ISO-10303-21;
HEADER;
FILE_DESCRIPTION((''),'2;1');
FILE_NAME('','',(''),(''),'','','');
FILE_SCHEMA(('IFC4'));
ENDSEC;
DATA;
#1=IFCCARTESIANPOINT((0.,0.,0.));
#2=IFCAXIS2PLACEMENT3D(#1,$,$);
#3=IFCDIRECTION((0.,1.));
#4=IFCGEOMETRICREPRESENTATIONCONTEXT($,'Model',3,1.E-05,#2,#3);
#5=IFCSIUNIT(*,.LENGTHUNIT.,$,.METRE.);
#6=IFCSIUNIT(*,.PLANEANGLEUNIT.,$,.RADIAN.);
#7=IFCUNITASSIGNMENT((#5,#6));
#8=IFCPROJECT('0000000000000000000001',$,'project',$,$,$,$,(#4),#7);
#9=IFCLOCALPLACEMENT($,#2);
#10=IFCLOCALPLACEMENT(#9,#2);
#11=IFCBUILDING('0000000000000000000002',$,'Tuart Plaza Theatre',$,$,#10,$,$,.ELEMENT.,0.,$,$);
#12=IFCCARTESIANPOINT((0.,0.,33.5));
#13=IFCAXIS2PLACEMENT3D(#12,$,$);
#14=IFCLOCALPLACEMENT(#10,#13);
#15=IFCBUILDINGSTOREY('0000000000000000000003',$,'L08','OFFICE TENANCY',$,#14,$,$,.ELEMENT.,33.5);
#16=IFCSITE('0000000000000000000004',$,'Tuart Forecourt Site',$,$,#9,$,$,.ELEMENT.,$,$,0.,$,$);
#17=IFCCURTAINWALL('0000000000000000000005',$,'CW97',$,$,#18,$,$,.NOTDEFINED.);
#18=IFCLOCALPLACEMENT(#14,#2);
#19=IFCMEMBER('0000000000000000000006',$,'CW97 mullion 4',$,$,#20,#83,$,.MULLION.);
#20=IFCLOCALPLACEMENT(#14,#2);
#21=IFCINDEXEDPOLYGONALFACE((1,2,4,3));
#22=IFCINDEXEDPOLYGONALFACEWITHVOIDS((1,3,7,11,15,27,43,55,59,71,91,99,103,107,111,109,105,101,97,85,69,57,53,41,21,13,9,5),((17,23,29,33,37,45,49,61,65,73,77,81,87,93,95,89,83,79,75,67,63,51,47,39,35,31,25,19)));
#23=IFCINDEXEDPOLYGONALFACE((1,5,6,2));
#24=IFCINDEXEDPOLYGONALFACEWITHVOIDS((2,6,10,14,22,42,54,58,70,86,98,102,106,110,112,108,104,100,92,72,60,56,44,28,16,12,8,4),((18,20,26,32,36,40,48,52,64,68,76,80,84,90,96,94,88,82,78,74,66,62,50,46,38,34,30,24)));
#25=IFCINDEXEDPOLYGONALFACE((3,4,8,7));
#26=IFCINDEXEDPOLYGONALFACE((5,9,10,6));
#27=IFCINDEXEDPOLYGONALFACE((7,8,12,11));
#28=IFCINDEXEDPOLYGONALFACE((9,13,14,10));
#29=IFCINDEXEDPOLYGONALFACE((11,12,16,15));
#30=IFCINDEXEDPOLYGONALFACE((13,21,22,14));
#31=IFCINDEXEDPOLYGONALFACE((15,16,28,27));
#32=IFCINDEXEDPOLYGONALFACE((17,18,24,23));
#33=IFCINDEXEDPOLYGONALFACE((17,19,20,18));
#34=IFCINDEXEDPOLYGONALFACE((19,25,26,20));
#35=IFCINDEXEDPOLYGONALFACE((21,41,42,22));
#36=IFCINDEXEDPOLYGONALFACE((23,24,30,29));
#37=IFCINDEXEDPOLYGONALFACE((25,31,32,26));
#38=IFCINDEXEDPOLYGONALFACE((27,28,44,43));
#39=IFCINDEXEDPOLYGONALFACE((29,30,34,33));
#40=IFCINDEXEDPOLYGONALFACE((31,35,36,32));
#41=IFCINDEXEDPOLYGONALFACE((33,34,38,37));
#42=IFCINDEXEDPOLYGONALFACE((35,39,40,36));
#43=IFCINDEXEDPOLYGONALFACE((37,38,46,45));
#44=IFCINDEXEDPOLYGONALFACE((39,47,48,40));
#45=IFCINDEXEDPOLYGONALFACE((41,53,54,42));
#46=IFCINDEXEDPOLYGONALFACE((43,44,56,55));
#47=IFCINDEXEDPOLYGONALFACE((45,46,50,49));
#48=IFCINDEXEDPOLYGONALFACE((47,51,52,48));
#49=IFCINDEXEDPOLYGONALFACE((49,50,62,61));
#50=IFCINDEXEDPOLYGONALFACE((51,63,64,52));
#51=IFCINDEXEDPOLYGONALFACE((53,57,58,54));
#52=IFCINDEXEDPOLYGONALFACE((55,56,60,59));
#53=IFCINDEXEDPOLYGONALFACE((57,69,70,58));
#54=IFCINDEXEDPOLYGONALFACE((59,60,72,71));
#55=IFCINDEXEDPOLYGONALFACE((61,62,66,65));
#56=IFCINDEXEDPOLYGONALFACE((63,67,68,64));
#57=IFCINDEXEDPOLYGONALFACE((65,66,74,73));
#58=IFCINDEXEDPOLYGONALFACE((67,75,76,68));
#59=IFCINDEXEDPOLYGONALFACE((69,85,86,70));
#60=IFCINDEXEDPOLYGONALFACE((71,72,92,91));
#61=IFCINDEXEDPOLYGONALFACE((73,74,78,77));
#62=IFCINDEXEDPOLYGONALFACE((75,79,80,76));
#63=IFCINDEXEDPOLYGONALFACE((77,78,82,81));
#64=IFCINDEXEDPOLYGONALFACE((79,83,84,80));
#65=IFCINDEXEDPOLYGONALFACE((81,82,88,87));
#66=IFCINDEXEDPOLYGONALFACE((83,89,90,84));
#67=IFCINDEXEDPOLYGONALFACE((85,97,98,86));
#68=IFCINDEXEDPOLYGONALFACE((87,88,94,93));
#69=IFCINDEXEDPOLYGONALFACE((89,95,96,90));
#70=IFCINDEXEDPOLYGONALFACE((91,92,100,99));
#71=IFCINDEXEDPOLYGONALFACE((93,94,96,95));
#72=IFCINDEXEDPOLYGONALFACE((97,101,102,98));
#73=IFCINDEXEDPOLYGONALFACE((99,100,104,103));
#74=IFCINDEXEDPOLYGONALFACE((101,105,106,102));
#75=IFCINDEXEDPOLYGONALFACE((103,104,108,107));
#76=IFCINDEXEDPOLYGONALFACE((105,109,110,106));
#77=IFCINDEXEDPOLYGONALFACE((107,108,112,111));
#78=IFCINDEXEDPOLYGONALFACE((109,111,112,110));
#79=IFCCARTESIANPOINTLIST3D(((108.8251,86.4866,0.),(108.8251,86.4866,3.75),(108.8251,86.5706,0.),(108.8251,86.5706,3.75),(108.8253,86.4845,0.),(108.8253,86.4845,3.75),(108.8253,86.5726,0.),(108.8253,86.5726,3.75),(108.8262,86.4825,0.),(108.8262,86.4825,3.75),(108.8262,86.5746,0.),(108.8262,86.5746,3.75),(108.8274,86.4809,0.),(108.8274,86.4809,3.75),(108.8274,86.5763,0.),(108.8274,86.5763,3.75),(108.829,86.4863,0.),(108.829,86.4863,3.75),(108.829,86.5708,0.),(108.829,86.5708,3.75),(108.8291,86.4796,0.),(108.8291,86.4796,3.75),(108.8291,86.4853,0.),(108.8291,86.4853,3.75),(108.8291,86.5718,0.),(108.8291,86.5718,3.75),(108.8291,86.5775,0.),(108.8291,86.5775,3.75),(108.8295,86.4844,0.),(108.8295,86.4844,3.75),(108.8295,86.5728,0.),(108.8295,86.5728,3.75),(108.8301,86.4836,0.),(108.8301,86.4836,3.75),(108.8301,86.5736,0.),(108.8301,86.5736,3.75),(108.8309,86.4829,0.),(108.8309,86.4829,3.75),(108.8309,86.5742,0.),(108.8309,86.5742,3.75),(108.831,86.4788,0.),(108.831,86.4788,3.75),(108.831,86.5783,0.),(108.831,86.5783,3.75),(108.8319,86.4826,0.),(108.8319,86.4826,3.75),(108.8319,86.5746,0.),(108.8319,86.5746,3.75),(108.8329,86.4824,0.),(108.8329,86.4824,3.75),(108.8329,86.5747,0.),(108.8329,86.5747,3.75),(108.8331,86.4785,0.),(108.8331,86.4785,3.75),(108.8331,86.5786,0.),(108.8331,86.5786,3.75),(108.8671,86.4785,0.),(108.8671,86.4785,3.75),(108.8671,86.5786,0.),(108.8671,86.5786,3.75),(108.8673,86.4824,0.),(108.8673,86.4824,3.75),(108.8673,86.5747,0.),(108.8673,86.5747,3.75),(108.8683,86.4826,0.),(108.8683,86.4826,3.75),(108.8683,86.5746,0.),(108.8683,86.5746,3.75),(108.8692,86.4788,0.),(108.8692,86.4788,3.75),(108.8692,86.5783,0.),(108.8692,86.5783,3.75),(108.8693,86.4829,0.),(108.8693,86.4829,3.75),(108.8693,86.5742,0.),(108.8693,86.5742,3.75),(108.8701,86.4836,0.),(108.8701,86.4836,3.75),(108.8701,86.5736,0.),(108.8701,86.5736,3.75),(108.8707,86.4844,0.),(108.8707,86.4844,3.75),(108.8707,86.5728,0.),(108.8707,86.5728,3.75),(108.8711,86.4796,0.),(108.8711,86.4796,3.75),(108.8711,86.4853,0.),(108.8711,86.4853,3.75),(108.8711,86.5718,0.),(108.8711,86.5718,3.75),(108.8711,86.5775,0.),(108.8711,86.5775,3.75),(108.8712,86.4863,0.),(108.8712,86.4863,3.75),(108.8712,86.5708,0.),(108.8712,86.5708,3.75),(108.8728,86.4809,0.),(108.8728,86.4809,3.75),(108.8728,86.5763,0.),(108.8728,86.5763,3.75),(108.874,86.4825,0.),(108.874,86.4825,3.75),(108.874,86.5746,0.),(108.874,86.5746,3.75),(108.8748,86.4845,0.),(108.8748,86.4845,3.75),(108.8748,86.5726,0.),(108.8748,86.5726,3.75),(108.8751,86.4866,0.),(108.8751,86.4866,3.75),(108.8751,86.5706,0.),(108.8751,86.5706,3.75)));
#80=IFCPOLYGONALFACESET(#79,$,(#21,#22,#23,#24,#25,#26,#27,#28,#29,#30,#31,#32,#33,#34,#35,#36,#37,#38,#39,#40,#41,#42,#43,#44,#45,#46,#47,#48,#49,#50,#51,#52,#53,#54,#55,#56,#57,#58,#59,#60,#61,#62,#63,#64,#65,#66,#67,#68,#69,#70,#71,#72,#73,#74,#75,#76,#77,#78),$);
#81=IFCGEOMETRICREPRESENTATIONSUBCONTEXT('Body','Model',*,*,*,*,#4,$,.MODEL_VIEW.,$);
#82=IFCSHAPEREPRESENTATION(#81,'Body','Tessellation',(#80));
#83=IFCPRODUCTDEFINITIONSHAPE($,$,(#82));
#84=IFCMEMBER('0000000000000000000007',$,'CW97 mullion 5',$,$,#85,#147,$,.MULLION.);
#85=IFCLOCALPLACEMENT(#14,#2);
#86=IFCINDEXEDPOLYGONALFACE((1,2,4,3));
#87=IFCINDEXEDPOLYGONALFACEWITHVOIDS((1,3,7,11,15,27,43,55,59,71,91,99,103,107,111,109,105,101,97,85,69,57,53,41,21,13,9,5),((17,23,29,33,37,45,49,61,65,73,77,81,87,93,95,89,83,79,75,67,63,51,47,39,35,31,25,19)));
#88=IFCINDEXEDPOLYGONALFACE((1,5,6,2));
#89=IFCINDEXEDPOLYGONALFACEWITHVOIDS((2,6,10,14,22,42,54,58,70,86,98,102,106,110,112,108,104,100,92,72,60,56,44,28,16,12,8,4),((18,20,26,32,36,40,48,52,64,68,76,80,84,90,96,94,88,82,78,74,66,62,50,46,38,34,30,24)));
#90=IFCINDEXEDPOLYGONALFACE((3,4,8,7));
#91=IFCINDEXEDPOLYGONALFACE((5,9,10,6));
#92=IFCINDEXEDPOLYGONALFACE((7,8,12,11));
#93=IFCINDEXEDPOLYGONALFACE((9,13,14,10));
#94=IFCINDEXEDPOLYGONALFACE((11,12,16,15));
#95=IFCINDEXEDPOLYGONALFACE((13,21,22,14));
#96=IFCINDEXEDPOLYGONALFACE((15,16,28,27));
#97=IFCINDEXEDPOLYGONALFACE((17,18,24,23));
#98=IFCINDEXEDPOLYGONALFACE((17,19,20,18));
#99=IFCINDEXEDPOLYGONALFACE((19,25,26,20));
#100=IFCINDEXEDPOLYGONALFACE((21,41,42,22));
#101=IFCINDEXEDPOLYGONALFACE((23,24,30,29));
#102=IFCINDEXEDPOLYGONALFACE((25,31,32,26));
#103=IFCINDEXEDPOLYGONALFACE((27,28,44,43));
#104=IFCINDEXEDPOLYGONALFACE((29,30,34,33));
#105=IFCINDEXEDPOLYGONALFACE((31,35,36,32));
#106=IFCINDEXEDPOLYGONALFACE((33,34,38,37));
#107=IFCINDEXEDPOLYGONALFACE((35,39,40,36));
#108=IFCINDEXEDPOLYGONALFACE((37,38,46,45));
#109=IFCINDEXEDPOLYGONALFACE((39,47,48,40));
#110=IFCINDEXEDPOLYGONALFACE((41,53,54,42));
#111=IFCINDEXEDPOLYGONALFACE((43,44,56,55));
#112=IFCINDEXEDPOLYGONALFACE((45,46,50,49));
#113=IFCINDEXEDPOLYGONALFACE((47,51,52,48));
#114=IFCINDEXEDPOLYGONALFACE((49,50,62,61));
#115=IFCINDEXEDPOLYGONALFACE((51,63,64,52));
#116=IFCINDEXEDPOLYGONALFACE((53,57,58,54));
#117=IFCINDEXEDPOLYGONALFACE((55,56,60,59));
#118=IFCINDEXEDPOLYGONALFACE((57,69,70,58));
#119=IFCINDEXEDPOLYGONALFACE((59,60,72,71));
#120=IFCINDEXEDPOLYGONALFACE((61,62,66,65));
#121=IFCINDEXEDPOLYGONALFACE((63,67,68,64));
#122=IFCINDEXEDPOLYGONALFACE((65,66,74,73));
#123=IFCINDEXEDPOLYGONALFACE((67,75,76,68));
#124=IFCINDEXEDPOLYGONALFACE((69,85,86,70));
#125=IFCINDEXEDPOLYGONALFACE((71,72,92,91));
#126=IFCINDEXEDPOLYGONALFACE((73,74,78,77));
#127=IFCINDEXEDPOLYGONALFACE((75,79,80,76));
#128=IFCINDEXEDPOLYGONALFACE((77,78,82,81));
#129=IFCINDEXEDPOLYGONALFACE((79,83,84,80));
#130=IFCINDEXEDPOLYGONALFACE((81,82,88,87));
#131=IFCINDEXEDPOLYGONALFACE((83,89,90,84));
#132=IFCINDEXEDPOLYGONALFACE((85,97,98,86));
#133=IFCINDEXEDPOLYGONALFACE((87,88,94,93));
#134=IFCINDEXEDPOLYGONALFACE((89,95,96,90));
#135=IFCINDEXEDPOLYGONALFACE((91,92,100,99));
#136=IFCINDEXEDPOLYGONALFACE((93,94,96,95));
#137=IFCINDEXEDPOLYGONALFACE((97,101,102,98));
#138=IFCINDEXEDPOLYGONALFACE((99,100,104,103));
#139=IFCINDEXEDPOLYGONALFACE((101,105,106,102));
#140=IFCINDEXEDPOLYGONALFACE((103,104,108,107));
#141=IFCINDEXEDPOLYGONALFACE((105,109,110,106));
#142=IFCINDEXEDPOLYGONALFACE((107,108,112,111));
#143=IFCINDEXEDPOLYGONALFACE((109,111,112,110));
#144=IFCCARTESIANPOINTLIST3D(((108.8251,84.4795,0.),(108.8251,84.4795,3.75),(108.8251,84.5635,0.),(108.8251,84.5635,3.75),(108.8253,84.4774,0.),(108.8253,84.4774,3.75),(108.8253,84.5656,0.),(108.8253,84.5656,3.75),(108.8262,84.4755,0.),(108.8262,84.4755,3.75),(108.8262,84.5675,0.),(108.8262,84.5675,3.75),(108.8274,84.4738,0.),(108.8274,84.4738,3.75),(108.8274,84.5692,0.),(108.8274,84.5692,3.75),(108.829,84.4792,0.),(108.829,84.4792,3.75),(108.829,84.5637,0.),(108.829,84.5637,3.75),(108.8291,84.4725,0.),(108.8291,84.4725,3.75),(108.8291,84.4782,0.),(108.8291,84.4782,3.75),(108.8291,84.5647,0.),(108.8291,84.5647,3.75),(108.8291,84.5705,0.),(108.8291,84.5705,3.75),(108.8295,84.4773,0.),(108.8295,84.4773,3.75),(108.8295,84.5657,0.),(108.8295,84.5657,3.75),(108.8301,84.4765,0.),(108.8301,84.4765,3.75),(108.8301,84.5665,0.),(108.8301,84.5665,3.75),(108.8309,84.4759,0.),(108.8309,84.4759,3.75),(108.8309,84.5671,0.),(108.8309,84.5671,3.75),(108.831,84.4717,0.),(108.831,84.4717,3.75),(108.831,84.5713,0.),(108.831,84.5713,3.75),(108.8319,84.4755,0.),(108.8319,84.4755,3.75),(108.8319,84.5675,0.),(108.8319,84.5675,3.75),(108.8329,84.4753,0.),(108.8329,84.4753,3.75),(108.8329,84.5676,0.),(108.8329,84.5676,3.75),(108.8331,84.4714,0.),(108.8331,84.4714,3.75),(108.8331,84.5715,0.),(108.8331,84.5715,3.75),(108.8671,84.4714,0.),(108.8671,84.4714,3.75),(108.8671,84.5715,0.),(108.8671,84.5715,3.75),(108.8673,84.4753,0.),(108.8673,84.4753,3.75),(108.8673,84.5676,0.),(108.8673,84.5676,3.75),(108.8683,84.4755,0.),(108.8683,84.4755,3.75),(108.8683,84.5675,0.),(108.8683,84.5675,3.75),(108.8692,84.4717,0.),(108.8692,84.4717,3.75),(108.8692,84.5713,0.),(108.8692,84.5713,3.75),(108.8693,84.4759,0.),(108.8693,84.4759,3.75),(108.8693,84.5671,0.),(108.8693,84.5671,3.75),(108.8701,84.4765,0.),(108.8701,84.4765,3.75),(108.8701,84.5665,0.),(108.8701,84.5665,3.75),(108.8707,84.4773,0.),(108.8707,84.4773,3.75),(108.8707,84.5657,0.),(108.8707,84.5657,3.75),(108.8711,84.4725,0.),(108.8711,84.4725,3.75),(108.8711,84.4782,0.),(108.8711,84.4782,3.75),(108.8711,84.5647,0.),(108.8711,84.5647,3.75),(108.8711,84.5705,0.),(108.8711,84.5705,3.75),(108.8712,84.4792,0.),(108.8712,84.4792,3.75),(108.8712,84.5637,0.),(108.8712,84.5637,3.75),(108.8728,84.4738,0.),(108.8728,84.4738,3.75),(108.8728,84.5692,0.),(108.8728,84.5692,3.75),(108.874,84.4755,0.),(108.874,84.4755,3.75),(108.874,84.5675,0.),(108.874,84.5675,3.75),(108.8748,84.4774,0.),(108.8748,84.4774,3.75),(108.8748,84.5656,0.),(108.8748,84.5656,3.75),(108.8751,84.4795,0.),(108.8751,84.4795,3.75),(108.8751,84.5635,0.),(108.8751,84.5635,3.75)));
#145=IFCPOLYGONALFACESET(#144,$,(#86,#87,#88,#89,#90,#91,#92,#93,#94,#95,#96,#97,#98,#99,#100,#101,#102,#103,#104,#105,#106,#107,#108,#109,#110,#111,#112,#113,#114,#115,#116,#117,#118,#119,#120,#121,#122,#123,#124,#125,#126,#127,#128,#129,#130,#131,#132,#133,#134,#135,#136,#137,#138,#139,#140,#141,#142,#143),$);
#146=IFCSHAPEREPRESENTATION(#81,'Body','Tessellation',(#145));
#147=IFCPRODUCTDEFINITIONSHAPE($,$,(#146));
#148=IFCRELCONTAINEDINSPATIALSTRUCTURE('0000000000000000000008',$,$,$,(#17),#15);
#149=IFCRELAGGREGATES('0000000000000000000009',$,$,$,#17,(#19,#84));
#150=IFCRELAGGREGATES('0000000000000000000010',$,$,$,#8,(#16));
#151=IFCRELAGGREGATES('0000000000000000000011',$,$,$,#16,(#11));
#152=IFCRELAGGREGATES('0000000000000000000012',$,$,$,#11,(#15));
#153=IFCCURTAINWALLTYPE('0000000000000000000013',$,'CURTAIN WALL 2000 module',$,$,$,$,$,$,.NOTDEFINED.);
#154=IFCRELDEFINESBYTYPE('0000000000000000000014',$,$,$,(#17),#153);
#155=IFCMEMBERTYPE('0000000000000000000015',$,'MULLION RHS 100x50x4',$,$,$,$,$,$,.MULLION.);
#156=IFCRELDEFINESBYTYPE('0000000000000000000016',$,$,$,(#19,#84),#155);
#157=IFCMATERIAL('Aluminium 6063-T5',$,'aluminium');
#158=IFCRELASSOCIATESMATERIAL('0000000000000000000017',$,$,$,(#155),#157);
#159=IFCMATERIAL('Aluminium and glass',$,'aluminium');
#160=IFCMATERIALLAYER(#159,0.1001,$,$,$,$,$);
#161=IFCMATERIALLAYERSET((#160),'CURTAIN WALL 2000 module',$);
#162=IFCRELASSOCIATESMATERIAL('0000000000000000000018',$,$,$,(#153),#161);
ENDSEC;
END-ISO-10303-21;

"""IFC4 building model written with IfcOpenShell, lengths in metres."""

from ifc_helpers import new_model, si_unit, direction, frame, origin, origin_2d, place, context, subcontext, project, spatial, hollow_rectangle, extrude, material, layer, layer_set, material_profile, profile_set, type_object, element, aggregate, save


model = new_model("IFC4")

# Units and contexts
model_context = context("Model", 3, precision=1e-05, world=origin(), true_north=direction((0.0, 1.0)))
body_context = subcontext(model_context, "Body", "Model", "MODEL_VIEW")
ifc_project = project(units=[si_unit("LENGTHUNIT", "METRE"), si_unit("PLANEANGLEUNIT", "RADIAN")], contexts=[model_context])

# Site, building, storey
site_placement = place(None, origin())
site = spatial("IfcSite", under=ifc_project, at=site_placement, Name="Tuart Forecourt Site", CompositionType="ELEMENT", RefElevation=0.0)
building_placement = place(site_placement, origin())
building = spatial("IfcBuilding", under=site, at=building_placement, Name="Tuart Plaza Theatre", CompositionType="ELEMENT", ElevationOfRefHeight=0.0)
storey_placement = place(building_placement, frame((0.0, 0.0, 33.5)))
storey = spatial("IfcBuildingStorey", under=building, at=storey_placement, Name="L08", Description="OFFICE TENANCY", CompositionType="ELEMENT", Elevation=33.5)

# Shared definitions
ifc_material_1 = material(Name="Aluminium 6063-T5", Category="aluminium")
ifc_material_profile_1 = material_profile(ifc_material_1, hollow_rectangle(XDim=0.05, YDim=0.1001, WallThickness=0.0039, InnerFilletRadius=0.0039, OuterFilletRadius=0.0081, at=origin_2d()), Name="RHS 100x50x4")
ifc_profile_set_1 = profile_set([ifc_material_profile_1], Name="Aluminium 6063-T5")
member_type_1 = type_object("IfcMemberType", Name="MULLION RHS 100x50x4", PredefinedType="MULLION", material=ifc_profile_set_1)

# Curtain wall, members
ifc_material_2 = material(Name="Aluminium and glass", Category="aluminium")
ifc_layer_1 = layer(ifc_material_2, 0.1001)
ifc_layer_set_1 = layer_set([ifc_layer_1], Name="CURTAIN WALL 2000 module")
curtain_wall_type_1 = type_object("IfcCurtainWallType", Name="CURTAIN WALL 2000 module", PredefinedType="NOTDEFINED", material=ifc_layer_set_1)
curtain_wall_1_placement = place(storey_placement, origin())
curtain_wall_1 = element("IfcCurtainWall", 1, at=curtain_wall_1_placement, inside=storey, type_object=curtain_wall_type_1, Name="CW97", PredefinedType="NOTDEFINED")
member_1_placement = place(storey_placement, frame((108.8501, 86.5286, 0.0), z_axis=(0.0, 0.0, 1.0), x_axis=(1.0, 0.0, 0.0)))
member_1 = element("IfcMember", 2, at=member_1_placement, type_object=member_type_1, Name="CW97 mullion 4", PredefinedType="MULLION", context=body_context, shape_type="SweptSolid", body=[
    extrude(hollow_rectangle(XDim=0.05, YDim=0.1001, WallThickness=0.0039, InnerFilletRadius=0.0039, OuterFilletRadius=0.0081, at=origin_2d()), origin(), (0.0, 0.0, 1.0), 3.75),
])
member_2_placement = place(storey_placement, frame((108.8501, 84.5215, 0.0), z_axis=(0.0, 0.0, 1.0), x_axis=(1.0, 0.0, 0.0)))
member_2 = element("IfcMember", 3, at=member_2_placement, type_object=member_type_1, Name="CW97 mullion 5", PredefinedType="MULLION", context=body_context, shape_type="SweptSolid", body=[
    extrude(hollow_rectangle(XDim=0.05, YDim=0.1001, WallThickness=0.0039, InnerFilletRadius=0.0039, OuterFilletRadius=0.0081, at=origin_2d()), origin(), (0.0, 0.0, 1.0), 3.75),
])
aggregate(curtain_wall_1, [member_1, member_2])

save(model, "model.ifc")
